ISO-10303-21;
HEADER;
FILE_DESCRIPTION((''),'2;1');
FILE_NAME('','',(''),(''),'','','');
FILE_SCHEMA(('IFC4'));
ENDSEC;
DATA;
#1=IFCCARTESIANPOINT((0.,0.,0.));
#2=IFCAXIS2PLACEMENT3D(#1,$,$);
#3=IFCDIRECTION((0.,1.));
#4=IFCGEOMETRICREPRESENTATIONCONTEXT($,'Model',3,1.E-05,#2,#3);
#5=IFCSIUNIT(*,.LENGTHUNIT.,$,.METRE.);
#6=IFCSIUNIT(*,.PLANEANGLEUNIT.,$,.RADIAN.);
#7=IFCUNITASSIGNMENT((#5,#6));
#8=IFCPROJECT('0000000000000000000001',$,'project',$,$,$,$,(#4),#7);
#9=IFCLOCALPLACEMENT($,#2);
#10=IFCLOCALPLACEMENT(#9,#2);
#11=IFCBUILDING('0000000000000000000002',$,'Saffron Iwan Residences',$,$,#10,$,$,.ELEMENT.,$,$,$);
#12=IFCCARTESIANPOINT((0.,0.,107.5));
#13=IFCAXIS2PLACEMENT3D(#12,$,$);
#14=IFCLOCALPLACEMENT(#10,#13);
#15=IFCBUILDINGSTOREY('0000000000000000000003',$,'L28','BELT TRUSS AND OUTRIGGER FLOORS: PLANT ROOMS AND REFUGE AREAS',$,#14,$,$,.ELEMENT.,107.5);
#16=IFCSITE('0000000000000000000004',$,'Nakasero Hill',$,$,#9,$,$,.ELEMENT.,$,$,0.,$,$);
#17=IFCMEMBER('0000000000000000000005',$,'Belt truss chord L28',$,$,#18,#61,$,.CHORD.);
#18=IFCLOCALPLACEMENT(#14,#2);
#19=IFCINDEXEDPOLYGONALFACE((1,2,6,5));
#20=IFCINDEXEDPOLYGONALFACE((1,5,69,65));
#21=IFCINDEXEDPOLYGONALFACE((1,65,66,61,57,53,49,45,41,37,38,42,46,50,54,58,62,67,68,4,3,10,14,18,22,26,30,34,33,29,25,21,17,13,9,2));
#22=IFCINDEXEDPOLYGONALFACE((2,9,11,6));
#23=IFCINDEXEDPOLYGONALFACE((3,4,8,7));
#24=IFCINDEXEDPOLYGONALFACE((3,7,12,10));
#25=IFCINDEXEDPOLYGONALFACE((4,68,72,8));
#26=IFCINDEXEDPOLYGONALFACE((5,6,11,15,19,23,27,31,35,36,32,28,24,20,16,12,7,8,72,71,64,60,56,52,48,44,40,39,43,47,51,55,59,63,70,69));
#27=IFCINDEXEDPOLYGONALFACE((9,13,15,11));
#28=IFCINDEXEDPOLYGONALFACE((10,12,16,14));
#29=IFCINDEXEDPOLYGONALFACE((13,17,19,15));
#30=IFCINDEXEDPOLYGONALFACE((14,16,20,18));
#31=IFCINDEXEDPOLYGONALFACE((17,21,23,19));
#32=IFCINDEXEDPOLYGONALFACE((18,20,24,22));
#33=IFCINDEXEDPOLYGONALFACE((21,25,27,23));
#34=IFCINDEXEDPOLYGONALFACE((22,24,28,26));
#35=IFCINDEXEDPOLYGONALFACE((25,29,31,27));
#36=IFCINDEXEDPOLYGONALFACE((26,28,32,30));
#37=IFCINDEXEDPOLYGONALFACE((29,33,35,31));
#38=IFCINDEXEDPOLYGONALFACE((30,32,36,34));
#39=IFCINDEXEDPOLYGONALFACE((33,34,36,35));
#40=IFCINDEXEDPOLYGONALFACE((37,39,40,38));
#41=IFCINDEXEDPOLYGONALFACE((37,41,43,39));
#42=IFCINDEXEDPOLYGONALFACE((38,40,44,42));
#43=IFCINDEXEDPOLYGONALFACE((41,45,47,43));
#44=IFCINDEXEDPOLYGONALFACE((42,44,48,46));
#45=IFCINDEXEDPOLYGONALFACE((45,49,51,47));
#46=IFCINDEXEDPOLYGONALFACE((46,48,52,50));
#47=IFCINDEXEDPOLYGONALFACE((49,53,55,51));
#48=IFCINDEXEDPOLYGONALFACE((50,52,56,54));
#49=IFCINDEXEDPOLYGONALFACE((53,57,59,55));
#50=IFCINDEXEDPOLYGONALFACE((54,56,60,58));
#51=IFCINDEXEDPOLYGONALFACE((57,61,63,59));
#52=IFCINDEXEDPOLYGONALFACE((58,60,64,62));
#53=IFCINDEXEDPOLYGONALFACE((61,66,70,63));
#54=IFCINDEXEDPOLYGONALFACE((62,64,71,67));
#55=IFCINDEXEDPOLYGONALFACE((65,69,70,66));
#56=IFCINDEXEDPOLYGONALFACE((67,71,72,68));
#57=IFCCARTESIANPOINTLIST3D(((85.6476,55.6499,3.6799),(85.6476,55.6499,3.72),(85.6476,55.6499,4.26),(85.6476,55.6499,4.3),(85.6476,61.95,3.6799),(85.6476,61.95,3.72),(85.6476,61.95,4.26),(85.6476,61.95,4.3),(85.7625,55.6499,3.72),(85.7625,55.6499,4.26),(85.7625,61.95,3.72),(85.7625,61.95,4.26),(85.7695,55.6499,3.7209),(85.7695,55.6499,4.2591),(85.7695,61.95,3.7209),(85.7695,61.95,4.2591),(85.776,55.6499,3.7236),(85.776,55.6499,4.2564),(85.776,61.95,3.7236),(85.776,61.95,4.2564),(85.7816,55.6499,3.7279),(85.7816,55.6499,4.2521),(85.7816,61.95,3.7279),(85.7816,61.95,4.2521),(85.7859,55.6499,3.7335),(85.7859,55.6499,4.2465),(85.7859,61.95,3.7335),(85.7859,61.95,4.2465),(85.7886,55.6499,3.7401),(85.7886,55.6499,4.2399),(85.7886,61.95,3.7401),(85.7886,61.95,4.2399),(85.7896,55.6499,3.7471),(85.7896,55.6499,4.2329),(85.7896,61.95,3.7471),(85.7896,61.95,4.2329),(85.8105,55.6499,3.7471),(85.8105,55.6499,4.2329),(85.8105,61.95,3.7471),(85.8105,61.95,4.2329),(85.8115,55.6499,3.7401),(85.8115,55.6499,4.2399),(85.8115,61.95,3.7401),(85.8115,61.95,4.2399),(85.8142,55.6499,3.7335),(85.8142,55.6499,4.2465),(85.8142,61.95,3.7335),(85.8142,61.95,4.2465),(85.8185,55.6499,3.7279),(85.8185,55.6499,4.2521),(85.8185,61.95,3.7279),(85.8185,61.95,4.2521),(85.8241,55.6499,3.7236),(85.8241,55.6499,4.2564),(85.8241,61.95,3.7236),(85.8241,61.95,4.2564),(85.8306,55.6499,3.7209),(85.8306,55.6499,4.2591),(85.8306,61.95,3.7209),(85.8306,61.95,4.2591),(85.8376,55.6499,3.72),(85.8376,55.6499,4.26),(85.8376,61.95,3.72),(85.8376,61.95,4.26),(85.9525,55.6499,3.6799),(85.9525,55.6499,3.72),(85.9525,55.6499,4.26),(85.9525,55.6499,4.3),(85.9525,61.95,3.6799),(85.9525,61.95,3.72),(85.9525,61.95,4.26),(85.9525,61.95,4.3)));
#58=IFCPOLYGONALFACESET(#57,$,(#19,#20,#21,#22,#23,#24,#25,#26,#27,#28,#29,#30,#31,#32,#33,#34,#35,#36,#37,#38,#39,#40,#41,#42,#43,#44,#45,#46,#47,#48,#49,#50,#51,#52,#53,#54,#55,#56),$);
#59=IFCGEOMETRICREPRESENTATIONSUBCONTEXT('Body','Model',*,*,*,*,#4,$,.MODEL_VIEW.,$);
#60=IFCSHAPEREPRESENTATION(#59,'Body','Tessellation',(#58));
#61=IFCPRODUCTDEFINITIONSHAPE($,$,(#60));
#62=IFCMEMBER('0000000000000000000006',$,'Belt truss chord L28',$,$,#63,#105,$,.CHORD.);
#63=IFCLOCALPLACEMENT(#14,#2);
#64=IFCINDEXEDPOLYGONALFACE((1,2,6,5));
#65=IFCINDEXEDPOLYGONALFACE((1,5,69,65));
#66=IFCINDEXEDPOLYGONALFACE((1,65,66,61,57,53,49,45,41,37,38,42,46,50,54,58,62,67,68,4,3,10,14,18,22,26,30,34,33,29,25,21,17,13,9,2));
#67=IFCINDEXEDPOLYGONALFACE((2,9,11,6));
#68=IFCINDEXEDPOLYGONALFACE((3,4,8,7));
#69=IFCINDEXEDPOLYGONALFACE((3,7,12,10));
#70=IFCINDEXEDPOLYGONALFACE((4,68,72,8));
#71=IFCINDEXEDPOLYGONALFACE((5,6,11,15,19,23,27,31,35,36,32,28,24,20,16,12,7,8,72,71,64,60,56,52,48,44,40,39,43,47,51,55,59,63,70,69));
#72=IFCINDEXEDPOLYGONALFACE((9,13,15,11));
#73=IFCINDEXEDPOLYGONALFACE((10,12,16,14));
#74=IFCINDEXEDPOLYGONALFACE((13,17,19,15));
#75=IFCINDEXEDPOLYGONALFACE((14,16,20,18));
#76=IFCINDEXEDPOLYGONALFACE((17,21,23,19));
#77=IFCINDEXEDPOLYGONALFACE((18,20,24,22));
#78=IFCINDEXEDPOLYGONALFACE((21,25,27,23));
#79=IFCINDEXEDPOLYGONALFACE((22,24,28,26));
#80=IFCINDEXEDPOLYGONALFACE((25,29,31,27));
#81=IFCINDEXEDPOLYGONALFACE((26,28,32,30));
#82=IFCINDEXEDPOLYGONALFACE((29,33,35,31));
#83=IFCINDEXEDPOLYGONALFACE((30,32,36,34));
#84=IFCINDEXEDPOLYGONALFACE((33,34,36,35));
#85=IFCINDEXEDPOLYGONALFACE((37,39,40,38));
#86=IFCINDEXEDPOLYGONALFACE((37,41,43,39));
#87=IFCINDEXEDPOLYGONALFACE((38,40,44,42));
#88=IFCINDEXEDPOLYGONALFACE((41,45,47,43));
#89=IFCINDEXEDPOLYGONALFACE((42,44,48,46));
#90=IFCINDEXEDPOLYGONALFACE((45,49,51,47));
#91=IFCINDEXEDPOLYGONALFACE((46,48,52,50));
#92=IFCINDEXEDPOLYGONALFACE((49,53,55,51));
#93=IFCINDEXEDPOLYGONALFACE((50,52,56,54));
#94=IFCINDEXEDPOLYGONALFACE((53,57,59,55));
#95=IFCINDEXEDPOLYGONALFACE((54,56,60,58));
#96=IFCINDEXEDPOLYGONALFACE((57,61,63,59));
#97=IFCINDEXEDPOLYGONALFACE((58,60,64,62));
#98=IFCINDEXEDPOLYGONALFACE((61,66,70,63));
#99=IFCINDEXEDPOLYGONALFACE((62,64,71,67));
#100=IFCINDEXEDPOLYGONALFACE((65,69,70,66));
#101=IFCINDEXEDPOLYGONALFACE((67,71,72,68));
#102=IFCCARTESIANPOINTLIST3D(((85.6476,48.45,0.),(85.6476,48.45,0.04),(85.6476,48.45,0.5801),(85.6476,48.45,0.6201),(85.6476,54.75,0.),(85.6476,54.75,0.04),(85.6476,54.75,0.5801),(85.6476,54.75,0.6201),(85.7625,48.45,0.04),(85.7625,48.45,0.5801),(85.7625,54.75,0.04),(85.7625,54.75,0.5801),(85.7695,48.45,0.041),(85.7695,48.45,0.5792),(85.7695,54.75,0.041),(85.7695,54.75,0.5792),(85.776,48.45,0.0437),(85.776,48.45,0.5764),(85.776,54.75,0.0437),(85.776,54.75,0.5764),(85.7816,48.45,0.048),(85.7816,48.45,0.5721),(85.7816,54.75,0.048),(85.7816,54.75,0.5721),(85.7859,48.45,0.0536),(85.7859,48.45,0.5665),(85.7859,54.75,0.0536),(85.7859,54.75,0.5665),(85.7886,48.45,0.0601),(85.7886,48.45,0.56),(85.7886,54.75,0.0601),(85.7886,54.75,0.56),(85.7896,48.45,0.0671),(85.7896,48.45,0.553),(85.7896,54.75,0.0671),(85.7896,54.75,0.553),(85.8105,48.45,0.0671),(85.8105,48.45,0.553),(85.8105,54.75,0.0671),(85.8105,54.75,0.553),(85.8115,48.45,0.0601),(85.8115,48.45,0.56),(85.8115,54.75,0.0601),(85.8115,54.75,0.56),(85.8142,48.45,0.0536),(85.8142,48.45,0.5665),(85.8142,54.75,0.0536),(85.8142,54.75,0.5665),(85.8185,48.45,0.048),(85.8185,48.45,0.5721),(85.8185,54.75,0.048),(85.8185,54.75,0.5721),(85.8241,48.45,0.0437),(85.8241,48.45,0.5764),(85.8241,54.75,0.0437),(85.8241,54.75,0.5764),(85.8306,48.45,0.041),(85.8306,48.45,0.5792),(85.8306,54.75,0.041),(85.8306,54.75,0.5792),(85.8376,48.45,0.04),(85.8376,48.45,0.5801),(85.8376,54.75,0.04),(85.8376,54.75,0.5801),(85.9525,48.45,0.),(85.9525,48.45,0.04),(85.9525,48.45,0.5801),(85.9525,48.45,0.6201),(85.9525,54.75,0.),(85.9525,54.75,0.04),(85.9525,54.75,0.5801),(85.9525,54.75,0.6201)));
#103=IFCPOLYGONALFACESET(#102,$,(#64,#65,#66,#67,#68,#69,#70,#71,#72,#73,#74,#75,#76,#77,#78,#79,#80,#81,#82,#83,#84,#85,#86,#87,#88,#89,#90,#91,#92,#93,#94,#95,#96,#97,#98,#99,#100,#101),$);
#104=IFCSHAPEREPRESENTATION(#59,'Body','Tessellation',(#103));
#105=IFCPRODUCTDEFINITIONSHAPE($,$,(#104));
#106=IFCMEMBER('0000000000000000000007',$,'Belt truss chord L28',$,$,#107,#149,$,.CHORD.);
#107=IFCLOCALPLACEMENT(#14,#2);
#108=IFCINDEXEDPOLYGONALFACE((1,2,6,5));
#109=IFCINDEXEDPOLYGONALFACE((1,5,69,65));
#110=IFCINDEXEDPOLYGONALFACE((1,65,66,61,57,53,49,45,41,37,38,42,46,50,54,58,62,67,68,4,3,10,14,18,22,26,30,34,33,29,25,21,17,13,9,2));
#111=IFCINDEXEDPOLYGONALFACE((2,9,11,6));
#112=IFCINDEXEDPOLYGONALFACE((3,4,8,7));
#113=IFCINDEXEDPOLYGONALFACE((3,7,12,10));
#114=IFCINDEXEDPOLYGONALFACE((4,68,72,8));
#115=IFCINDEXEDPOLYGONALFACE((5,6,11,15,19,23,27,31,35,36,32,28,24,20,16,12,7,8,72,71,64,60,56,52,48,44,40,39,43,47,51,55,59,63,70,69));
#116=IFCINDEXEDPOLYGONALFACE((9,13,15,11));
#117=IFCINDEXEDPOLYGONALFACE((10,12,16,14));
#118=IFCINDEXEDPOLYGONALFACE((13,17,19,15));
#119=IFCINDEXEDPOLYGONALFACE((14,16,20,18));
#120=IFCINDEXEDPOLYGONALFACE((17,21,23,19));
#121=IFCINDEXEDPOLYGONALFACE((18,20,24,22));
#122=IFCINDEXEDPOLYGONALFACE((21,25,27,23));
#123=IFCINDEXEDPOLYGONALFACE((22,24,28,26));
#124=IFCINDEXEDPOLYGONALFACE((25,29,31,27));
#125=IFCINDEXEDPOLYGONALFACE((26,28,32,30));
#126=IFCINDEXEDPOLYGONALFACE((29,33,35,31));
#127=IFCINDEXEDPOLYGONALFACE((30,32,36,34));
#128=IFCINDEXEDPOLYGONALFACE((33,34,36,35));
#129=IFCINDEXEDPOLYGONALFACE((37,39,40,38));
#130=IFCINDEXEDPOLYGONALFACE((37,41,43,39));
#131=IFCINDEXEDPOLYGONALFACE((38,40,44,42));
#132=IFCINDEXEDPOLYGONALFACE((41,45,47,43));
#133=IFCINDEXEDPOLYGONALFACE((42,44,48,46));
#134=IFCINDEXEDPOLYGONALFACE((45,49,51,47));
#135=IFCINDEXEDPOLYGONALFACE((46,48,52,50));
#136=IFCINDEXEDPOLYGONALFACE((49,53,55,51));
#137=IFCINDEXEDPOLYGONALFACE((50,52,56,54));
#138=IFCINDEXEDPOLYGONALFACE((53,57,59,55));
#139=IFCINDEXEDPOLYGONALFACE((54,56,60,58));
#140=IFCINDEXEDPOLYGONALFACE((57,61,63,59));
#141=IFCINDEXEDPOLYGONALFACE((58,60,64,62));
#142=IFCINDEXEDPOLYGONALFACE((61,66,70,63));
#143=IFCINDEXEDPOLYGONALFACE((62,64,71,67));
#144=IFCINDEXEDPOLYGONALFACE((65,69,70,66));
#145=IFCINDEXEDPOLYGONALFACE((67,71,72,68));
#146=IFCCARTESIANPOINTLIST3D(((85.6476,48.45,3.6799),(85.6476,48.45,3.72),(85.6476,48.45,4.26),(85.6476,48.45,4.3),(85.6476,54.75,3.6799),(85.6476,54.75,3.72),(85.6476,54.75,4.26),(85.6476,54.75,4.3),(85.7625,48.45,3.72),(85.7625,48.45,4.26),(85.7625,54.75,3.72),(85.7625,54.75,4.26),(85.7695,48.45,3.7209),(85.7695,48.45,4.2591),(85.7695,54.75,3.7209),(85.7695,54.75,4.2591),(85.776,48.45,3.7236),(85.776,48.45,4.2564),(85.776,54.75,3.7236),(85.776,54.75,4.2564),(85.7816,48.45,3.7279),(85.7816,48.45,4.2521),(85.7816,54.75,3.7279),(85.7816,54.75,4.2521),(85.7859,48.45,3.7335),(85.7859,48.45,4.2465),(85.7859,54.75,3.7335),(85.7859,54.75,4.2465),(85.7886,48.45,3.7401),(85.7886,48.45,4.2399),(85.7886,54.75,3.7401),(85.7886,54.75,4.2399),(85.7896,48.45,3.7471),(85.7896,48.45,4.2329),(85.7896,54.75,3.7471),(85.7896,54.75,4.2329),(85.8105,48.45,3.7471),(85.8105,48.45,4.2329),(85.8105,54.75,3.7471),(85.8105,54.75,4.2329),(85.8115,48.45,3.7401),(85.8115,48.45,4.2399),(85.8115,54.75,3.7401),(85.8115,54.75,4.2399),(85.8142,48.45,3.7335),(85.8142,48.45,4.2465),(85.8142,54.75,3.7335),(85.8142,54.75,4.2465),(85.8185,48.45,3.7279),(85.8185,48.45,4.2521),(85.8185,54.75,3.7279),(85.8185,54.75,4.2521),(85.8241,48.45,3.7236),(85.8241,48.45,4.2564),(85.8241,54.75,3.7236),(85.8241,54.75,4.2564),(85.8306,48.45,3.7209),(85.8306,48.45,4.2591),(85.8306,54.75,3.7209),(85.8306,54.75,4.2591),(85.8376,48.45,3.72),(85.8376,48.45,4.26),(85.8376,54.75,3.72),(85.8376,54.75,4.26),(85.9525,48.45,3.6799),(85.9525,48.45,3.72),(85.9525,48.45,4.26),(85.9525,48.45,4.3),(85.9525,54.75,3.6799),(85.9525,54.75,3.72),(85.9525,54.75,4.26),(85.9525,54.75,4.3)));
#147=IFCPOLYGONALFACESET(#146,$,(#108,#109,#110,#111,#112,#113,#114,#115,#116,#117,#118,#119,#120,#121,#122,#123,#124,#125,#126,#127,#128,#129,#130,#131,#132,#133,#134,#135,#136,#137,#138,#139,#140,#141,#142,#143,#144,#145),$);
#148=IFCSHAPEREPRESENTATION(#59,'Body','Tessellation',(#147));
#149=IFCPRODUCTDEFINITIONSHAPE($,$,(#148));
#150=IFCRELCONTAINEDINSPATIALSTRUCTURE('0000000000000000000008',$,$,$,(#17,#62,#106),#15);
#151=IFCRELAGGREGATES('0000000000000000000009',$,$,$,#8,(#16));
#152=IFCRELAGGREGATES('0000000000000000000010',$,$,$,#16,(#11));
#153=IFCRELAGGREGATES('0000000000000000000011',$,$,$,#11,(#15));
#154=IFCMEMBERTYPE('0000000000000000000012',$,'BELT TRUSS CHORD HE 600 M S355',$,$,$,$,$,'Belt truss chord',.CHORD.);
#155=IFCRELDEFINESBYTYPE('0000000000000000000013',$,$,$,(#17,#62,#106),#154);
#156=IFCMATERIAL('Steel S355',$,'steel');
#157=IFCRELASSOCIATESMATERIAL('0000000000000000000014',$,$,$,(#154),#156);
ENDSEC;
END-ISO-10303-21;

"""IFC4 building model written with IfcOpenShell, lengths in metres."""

from ifc_helpers import new_model, si_unit, direction, frame, origin, origin_2d, place, context, subcontext, project, spatial, i_section, extrude, source, transform, mapped, material, material_profile, profile_set, type_object, element, save


model = new_model("IFC4")

# Units and contexts
model_context = context("Model", 3, precision=1e-05, world=origin(), true_north=direction((0.0, 1.0)))
body_context = subcontext(model_context, "Body", "Model", "MODEL_VIEW")
ifc_project = project(units=[si_unit("LENGTHUNIT", "METRE"), si_unit("PLANEANGLEUNIT", "RADIAN")], contexts=[model_context])

# Site, building, storey
site_placement = place(None, origin())
site = spatial("IfcSite", under=ifc_project, at=site_placement, Name="Nakasero Hill", CompositionType="ELEMENT", RefElevation=0.0)
building_placement = place(site_placement, origin())
building = spatial("IfcBuilding", under=site, at=building_placement, Name="Saffron Iwan Residences", CompositionType="ELEMENT")
storey_placement = place(building_placement, frame((0.0, 0.0, 107.5)))
storey = spatial("IfcBuildingStorey", under=building, at=storey_placement, Name="L28", Description="BELT TRUSS AND OUTRIGGER FLOORS: PLANT ROOMS AND REFUGE AREAS", CompositionType="ELEMENT", Elevation=107.5)

# Members
ifc_material_1 = material(Name="Steel S355", Category="steel")
ifc_material_profile_1 = material_profile(ifc_material_1, i_section(OverallWidth=0.3049, OverallDepth=0.6201, WebThickness=0.021, FlangeThickness=0.04, FilletRadius=0.0271, at=origin_2d()), Name="HE 600 M")
ifc_profile_set_1 = profile_set([ifc_material_profile_1], Name="Steel S355")
member_type_1 = type_object("IfcMemberType", Name="BELT TRUSS CHORD HE 600 M S355", ElementType="Belt truss chord", PredefinedType="CHORD", material=ifc_profile_set_1)
shared_shape_1 = source(origin(), body_context, "Body", "SweptSolid", [
    extrude(i_section(OverallWidth=0.3049, OverallDepth=0.6201, WebThickness=0.021, FlangeThickness=0.04, FilletRadius=0.0271, at=origin_2d()), origin(), (0.0, 0.0, 1.0), 6.3),
])
for number, where, z_axis, x_axis, name in (
    (1, (85.8, 61.95, 3.99), (0.0, -1.0, 0.0), (1.0, 0.0, 0.0), "Belt truss chord L28"),
    (2, (85.8, 54.75, 0.3101), (0.0, -1.0, 0.0), (1.0, 0.0, 0.0), "Belt truss chord L28"),
    (3, (85.8, 54.75, 3.99), (0.0, -1.0, 0.0), (1.0, 0.0, 0.0), "Belt truss chord L28"),
):
    element("IfcMember", number, at=place(storey_placement, frame(where, z_axis=z_axis, x_axis=x_axis)), inside=storey, type_object=member_type_1, Name=name, PredefinedType="CHORD", context=body_context, shape_type="MappedRepresentation", body=[
        mapped(shared_shape_1, transform((0.0, 0.0, 0.0))),
    ])

save(model, "model.ifc")
